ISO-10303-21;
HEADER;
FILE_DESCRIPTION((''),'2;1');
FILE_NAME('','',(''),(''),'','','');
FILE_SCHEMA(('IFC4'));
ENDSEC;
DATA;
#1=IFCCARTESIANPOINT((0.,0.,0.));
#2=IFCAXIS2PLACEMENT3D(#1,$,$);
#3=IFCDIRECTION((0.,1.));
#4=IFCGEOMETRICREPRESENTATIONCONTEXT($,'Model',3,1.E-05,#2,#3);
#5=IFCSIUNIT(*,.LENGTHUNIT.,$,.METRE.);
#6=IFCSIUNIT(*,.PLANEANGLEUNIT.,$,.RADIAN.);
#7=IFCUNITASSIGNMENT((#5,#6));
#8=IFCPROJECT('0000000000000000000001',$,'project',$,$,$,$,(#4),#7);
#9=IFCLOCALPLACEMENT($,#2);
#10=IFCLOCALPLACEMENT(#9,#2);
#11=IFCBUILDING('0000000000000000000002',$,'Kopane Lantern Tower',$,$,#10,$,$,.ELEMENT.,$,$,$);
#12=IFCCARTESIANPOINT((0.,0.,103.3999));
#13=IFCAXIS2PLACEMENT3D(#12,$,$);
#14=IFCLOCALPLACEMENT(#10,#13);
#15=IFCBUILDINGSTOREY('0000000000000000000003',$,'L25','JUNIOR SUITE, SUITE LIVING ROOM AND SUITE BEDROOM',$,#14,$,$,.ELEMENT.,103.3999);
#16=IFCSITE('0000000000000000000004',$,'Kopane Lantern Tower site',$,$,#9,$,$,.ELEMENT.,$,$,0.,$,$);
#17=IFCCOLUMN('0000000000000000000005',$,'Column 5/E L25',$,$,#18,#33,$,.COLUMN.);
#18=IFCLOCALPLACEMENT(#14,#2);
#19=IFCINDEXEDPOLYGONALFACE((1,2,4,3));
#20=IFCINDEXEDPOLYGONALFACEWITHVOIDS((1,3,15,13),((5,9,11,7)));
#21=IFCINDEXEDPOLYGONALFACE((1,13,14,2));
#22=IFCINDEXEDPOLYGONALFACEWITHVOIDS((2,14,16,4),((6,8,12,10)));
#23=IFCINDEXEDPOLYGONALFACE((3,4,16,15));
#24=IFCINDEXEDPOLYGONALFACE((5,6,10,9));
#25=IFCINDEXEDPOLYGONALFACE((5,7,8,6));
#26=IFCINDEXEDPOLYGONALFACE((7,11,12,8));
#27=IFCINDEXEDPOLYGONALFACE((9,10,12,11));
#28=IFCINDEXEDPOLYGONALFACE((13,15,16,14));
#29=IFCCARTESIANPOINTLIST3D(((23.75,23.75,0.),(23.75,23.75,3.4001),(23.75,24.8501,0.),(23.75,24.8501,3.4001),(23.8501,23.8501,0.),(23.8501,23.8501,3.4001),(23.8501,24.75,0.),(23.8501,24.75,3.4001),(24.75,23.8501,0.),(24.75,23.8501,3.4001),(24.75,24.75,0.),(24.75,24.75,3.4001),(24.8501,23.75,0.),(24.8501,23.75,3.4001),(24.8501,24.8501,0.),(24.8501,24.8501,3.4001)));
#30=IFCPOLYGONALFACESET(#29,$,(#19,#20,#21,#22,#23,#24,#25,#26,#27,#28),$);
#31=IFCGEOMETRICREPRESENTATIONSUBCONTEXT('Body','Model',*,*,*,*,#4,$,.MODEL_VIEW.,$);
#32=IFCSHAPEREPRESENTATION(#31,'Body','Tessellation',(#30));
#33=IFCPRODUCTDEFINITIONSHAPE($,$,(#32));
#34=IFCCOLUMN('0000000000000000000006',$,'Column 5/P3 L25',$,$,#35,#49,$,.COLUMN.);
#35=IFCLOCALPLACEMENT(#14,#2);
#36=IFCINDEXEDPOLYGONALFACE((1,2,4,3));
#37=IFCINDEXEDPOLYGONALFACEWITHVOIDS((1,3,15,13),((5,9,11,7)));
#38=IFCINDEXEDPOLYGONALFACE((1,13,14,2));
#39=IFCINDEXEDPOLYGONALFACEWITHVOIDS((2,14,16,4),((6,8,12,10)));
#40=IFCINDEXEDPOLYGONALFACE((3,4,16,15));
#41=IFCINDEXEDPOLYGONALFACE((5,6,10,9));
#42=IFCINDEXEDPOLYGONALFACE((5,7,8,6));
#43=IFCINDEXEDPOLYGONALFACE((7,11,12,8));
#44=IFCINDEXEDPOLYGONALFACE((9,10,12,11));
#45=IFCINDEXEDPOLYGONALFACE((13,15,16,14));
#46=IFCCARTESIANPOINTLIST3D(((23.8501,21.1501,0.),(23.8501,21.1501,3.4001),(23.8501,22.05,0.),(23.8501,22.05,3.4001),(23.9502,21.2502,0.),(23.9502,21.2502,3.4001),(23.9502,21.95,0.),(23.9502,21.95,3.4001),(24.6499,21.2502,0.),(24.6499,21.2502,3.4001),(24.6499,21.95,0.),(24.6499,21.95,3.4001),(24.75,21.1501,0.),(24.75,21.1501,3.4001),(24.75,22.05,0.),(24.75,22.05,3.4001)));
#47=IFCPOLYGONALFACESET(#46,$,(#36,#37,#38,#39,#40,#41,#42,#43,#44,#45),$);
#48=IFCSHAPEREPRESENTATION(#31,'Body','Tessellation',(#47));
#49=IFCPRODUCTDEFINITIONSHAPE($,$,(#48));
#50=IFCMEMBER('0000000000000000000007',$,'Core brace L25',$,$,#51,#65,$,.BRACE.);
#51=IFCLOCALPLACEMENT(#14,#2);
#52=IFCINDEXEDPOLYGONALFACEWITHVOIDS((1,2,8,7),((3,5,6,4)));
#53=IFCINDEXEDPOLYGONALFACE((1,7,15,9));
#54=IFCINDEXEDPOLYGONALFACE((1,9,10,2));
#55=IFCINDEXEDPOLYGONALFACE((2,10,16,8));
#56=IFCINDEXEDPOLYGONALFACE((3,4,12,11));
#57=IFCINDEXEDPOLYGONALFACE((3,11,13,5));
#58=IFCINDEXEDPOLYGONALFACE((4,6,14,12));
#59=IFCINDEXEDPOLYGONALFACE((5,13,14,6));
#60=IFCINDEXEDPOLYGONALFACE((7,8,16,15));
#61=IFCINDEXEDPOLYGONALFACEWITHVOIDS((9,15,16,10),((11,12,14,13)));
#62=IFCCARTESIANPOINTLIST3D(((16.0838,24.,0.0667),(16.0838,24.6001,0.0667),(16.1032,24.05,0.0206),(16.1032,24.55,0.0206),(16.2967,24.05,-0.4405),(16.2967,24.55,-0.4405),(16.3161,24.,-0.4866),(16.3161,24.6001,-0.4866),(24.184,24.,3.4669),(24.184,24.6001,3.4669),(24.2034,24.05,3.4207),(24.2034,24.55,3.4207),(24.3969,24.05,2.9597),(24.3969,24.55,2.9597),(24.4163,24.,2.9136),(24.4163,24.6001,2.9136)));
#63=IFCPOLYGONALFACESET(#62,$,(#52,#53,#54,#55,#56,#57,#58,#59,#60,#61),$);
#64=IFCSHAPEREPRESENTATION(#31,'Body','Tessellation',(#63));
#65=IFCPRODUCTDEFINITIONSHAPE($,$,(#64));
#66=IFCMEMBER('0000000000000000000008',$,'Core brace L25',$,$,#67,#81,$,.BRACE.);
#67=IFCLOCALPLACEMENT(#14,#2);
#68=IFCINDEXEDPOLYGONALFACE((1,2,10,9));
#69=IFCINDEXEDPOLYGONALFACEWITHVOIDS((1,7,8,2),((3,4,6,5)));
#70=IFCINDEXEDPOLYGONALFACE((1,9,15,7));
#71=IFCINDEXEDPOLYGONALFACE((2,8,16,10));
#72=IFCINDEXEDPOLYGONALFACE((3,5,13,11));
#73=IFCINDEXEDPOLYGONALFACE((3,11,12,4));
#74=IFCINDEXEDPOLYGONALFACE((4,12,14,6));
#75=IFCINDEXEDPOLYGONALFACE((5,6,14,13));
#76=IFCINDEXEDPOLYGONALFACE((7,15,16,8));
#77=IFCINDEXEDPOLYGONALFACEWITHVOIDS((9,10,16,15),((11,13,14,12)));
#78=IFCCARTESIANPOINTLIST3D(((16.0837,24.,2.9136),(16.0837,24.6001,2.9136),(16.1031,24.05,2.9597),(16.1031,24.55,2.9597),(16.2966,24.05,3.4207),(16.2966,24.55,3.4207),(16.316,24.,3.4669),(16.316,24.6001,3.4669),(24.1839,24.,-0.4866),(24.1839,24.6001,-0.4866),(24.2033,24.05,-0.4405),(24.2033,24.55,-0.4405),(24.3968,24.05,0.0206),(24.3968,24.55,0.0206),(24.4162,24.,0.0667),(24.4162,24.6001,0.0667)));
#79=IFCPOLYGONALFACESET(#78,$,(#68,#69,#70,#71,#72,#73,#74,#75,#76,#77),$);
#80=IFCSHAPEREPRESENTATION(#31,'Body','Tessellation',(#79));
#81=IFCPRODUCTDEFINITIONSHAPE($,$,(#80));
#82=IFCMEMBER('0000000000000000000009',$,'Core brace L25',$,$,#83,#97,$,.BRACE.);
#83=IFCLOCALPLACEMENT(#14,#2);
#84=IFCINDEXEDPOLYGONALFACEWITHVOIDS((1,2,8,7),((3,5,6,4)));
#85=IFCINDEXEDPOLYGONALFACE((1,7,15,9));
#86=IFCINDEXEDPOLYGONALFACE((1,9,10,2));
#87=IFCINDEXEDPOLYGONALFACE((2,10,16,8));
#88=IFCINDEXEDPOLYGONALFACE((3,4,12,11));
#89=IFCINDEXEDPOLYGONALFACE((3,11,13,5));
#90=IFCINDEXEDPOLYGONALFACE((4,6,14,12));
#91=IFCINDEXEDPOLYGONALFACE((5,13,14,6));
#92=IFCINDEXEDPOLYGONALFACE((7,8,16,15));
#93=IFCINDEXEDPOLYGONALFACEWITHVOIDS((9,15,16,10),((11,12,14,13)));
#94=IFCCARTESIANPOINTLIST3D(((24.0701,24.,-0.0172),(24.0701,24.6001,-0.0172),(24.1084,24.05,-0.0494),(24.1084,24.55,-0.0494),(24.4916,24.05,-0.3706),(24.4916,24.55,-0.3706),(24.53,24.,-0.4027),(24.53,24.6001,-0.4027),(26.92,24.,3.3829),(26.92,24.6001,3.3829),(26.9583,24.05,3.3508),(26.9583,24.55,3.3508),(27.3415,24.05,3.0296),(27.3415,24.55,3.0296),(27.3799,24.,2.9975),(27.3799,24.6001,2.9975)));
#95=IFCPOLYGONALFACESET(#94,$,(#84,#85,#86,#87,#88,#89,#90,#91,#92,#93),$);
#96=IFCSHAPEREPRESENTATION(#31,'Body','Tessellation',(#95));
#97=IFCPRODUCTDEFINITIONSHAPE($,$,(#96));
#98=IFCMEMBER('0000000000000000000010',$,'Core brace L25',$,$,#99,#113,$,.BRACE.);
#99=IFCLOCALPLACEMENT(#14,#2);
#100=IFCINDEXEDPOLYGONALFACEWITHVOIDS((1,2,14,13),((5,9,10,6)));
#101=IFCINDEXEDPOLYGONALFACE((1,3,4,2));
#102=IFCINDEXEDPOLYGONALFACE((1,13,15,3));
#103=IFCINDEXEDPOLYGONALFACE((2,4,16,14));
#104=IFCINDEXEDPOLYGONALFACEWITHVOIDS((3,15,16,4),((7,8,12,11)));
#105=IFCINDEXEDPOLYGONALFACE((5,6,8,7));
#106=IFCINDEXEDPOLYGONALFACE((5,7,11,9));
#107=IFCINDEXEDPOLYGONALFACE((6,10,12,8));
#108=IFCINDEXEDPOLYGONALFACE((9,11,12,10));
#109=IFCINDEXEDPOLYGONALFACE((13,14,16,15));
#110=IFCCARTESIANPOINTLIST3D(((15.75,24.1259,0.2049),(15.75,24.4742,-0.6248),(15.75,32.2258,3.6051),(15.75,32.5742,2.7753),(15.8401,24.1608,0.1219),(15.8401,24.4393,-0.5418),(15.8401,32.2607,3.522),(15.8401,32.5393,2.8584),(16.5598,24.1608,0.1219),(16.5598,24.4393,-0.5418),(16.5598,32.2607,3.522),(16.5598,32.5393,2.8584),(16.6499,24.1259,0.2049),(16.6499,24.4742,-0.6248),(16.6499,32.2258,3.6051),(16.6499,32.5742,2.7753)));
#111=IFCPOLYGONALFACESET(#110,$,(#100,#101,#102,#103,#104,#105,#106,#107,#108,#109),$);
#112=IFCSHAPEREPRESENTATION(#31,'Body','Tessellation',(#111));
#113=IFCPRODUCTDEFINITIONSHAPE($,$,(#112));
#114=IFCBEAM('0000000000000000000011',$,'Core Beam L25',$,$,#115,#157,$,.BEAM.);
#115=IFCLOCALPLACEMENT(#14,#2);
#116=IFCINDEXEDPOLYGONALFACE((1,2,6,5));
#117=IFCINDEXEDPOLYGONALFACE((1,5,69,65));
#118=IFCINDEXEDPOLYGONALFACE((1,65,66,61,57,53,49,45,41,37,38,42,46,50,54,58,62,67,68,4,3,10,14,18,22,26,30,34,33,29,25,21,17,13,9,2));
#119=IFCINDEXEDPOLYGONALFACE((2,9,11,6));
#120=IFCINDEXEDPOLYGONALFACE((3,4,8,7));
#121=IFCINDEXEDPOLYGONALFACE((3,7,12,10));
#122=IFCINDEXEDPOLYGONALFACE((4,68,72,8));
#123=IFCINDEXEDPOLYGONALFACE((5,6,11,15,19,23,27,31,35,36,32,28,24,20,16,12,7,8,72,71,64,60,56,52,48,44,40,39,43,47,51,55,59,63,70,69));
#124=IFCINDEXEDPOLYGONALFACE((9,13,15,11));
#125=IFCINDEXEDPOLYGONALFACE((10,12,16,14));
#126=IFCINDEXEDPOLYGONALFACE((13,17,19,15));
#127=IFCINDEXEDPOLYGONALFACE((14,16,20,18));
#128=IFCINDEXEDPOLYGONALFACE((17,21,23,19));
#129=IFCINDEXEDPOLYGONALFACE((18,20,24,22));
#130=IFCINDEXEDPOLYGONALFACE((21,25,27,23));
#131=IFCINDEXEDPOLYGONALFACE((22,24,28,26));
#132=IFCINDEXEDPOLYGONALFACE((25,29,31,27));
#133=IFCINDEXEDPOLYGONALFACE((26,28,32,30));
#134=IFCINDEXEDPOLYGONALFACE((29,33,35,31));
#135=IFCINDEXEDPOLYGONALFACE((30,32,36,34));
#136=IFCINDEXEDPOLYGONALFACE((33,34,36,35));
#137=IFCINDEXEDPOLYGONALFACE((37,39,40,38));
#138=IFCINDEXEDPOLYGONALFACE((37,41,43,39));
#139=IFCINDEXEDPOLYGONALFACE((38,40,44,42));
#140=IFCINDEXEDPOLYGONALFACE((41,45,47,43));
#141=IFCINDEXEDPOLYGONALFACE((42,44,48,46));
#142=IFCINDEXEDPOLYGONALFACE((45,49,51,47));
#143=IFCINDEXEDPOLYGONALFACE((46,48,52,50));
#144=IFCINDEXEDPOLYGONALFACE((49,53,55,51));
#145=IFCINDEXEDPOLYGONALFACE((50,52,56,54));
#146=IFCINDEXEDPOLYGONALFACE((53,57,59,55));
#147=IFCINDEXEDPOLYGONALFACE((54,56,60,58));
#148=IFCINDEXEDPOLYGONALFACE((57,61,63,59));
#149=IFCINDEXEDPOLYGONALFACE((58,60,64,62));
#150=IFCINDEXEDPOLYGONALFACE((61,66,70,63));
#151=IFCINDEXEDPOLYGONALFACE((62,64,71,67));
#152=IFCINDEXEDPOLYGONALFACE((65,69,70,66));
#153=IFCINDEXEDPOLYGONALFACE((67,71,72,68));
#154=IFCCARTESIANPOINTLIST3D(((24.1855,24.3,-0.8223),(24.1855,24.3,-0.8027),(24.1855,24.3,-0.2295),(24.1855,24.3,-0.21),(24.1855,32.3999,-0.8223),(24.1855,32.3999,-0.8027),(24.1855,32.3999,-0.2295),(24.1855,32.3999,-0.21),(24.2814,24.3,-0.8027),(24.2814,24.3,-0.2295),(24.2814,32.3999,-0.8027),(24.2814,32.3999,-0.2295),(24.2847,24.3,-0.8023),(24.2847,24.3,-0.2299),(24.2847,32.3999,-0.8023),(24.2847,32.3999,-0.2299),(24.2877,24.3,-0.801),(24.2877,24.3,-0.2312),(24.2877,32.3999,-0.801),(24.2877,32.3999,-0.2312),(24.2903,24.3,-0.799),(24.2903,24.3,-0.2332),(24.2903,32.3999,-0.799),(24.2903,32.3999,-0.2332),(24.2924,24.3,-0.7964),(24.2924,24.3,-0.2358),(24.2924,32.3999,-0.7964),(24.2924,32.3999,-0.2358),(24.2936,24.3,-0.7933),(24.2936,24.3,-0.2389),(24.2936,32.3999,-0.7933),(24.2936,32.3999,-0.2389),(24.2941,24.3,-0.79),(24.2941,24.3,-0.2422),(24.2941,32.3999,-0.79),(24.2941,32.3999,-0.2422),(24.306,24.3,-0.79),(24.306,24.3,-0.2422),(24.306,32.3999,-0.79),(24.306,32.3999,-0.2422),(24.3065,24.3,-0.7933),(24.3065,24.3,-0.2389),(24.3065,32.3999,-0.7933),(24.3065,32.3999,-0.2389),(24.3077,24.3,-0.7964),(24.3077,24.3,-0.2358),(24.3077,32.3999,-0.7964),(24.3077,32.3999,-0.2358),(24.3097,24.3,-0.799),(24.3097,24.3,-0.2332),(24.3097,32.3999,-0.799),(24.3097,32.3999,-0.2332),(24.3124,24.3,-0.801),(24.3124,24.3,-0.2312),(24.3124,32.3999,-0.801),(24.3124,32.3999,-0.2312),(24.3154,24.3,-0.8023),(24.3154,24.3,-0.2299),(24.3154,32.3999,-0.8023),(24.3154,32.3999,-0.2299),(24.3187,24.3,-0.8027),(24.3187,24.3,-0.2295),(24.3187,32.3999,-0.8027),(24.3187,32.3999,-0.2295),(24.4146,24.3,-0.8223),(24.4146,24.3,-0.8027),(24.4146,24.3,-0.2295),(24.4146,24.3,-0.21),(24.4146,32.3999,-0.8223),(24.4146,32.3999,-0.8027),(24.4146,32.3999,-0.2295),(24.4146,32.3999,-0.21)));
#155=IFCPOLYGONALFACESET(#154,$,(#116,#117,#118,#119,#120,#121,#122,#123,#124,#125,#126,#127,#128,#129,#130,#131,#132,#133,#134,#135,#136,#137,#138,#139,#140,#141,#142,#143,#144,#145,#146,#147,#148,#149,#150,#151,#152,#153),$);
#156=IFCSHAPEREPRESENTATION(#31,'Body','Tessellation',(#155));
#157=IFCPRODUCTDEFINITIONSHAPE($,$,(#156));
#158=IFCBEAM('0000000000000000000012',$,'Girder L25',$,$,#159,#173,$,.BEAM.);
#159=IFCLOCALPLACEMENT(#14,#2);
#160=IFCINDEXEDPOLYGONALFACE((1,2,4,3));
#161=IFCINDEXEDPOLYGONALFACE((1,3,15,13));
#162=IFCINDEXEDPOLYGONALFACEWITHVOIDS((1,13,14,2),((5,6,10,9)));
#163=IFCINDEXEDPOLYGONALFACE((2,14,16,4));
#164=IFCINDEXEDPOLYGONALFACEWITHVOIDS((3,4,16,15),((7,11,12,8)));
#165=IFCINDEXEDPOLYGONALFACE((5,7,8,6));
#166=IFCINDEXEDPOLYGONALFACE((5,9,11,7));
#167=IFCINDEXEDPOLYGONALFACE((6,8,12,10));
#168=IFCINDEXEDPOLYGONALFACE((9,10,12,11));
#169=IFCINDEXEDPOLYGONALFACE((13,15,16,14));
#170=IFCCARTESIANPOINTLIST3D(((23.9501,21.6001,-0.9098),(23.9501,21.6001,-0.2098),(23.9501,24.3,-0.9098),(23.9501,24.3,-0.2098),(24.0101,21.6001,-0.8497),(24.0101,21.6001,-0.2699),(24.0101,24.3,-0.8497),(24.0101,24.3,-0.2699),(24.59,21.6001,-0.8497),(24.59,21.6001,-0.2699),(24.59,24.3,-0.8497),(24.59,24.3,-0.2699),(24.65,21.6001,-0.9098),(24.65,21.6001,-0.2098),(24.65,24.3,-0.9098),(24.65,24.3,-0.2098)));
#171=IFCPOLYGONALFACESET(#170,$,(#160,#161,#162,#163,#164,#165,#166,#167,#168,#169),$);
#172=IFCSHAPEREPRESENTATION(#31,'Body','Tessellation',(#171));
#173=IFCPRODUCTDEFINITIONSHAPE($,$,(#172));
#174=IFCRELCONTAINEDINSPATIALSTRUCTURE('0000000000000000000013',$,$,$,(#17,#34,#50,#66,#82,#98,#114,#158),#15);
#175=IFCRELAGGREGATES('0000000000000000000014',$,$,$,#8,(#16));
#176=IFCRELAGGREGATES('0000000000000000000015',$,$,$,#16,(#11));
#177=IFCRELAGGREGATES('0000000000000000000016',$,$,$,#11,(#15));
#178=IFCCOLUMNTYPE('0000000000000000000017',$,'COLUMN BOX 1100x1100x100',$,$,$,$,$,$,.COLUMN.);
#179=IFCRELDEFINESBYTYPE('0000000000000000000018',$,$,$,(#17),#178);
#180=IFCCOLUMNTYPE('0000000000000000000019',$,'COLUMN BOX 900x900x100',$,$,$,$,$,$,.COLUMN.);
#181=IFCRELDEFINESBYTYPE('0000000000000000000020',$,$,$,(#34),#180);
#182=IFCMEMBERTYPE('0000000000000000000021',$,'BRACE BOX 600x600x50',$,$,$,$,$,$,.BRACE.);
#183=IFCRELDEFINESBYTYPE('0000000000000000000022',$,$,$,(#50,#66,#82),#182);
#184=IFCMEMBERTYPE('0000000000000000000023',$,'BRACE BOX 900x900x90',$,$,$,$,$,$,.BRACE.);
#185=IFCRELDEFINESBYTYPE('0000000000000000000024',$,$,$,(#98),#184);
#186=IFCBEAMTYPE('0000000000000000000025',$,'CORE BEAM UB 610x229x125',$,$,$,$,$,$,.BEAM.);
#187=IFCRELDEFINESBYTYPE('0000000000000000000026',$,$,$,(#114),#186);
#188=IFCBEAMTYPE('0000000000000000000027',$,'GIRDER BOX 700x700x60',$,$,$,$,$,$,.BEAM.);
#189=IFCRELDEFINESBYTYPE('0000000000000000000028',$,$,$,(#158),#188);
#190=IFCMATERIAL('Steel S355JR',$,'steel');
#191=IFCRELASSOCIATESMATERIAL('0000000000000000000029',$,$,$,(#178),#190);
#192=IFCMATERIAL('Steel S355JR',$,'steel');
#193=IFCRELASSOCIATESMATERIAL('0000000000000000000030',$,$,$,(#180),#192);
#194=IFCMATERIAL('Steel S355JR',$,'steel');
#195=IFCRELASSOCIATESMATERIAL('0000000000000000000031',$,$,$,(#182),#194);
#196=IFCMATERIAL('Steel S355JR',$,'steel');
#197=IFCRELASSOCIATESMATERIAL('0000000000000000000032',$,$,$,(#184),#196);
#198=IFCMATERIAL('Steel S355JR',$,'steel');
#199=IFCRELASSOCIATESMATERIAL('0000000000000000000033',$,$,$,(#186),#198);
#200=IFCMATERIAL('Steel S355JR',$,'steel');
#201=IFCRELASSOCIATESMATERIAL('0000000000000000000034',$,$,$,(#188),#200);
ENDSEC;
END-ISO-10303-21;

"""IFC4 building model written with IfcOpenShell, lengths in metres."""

from ifc_helpers import new_model, si_unit, direction, frame, origin, origin_2d, place, context, subcontext, project, spatial, hollow_rectangle, i_section, extrude, material, material_profile, profile_set, type_object, element, save


model = new_model("IFC4")

# Units and contexts
model_context = context("Model", 3, precision=1e-05, world=origin(), true_north=direction((0.0, 1.0)))
body_context = subcontext(model_context, "Body", "Model", "MODEL_VIEW")
ifc_project = project(units=[si_unit("LENGTHUNIT", "METRE"), si_unit("PLANEANGLEUNIT", "RADIAN")], contexts=[model_context])

# Site, building, storey
site_placement = place(None, origin())
site = spatial("IfcSite", under=ifc_project, at=site_placement, Name="Kopane Lantern Tower site", CompositionType="ELEMENT", RefElevation=0.0)
building_placement = place(site_placement, origin())
building = spatial("IfcBuilding", under=site, at=building_placement, Name="Kopane Lantern Tower", CompositionType="ELEMENT")
storey_placement = place(building_placement, frame((0.0, 0.0, 103.3999)))
storey = spatial("IfcBuildingStorey", under=building, at=storey_placement, Name="L25", Description="JUNIOR SUITE, SUITE LIVING ROOM AND SUITE BEDROOM", CompositionType="ELEMENT", Elevation=103.3999)

# Columns
ifc_material_1 = material(Name="Steel S355JR", Category="steel")
ifc_material_profile_1 = material_profile(ifc_material_1, hollow_rectangle(XDim=1.1001, YDim=1.1001, WallThickness=0.1001, at=origin_2d()), Name="BOX 1100x1100x100")
ifc_profile_set_1 = profile_set([ifc_material_profile_1], Name="Steel S355JR")
column_type_1 = type_object("IfcColumnType", Name="COLUMN BOX 1100x1100x100", PredefinedType="COLUMN", material=ifc_profile_set_1)
column_1_placement = place(storey_placement, frame((24.3, 24.3, 0.0), z_axis=(0.0, 0.0, 1.0), x_axis=(1.0, 0.0, 0.0)))
element("IfcColumn", 1, at=column_1_placement, inside=storey, type_object=column_type_1, Name="Column 5/E L25", PredefinedType="COLUMN", context=body_context, shape_type="SweptSolid", body=[
    extrude(hollow_rectangle(XDim=1.1001, YDim=1.1001, WallThickness=0.1001, at=origin_2d()), origin(), (0.0, 0.0, 1.0), 3.4001),
])
ifc_material_2 = material(Name="Steel S355JR", Category="steel")
ifc_material_profile_2 = material_profile(ifc_material_2, hollow_rectangle(XDim=0.8999, YDim=0.8999, WallThickness=0.1001, at=origin_2d()), Name="BOX 900x900x100")
ifc_profile_set_2 = profile_set([ifc_material_profile_2], Name="Steel S355JR")
column_type_2 = type_object("IfcColumnType", Name="COLUMN BOX 900x900x100", PredefinedType="COLUMN", material=ifc_profile_set_2)
column_2_placement = place(storey_placement, frame((24.3, 21.6001, 0.0), z_axis=(0.0, 0.0, 1.0), x_axis=(1.0, 0.0, 0.0)))
element("IfcColumn", 2, at=column_2_placement, inside=storey, type_object=column_type_2, Name="Column 5/P3 L25", PredefinedType="COLUMN", context=body_context, shape_type="SweptSolid", body=[
    extrude(hollow_rectangle(XDim=0.8999, YDim=0.8999, WallThickness=0.1001, at=origin_2d()), origin(), (0.0, 0.0, 1.0), 3.4001),
])

# Members
ifc_material_3 = material(Name="Steel S355JR", Category="steel")
ifc_material_profile_3 = material_profile(ifc_material_3, hollow_rectangle(XDim=0.6001, YDim=0.6001, WallThickness=0.05, at=origin_2d()), Name="BOX 600x600x50")
ifc_profile_set_3 = profile_set([ifc_material_profile_3], Name="Steel S355JR")
member_type_1 = type_object("IfcMemberType", Name="BRACE BOX 600x600x50", PredefinedType="BRACE", material=ifc_profile_set_3)
for number, where, z_axis, x_axis, name in (
    (3, (16.2, 24.3, -0.21), (0.922059, 0.0, 0.387049), (0.0, 1.0, 0.0), "Core brace L25"),
    (4, (24.3, 24.3, -0.21), (-0.922059, 0.0, 0.387049), (0.0, -1.0, 0.0), "Core brace L25"),
):
    element("IfcMember", number, at=place(storey_placement, frame(where, z_axis=z_axis, x_axis=x_axis)), inside=storey, type_object=member_type_1, Name=name, PredefinedType="BRACE", context=body_context, shape_type="SweptSolid", body=[
        extrude(hollow_rectangle(XDim=0.6001, YDim=0.6001, WallThickness=0.05, at=origin_2d()), origin(), (0.0, 0.0, 1.0), 8.7849),
    ])
member_1_placement = place(storey_placement, frame((24.3, 24.3, -0.21), z_axis=(0.642363, 0.0, 0.7664), x_axis=(0.0, 1.0, 0.0)))
element("IfcMember", 5, at=member_1_placement, inside=storey, type_object=member_type_1, Name="Core brace L25", PredefinedType="BRACE", context=body_context, shape_type="SweptSolid", body=[
    extrude(hollow_rectangle(XDim=0.6001, YDim=0.6001, WallThickness=0.05, at=origin_2d()), origin(), (0.0, 0.0, 1.0), 4.4365),
])
ifc_material_4 = material(Name="Steel S355JR", Category="steel")
ifc_material_profile_4 = material_profile(ifc_material_4, hollow_rectangle(XDim=0.8999, YDim=0.8999, WallThickness=0.0901, at=origin_2d()), Name="BOX 900x900x90")
ifc_profile_set_4 = profile_set([ifc_material_profile_4], Name="Steel S355JR")
member_type_2 = type_object("IfcMemberType", Name="BRACE BOX 900x900x90", PredefinedType="BRACE", material=ifc_profile_set_4)
member_2_placement = place(storey_placement, frame((16.2, 24.3, -0.21), z_axis=(0.0, 0.922055, 0.387059), x_axis=(-1.0, 0.0, 0.0)))
element("IfcMember", 6, at=member_2_placement, inside=storey, type_object=member_type_2, Name="Core brace L25", PredefinedType="BRACE", context=body_context, shape_type="SweptSolid", body=[
    extrude(hollow_rectangle(XDim=0.8999, YDim=0.8999, WallThickness=0.0901, at=origin_2d()), origin(), (0.0, 0.0, 1.0), 8.7847),
])

# Beams
ifc_material_5 = material(Name="Steel S355JR", Category="steel")
ifc_material_profile_5 = material_profile(ifc_material_5, i_section(OverallWidth=0.229, OverallDepth=0.6123, WebThickness=0.012, FlangeThickness=0.0195, FilletRadius=0.0127, at=origin_2d()), Name="UB 610x229x125")
ifc_profile_set_5 = profile_set([ifc_material_profile_5], Name="Steel S355JR")
beam_type_1 = type_object("IfcBeamType", Name="CORE BEAM UB 610x229x125", PredefinedType="BEAM", material=ifc_profile_set_5)
beam_1_placement = place(storey_placement, frame((24.3, 24.3, -0.5161), z_axis=(0.0, 1.0, 0.0), x_axis=(-1.0, 0.0, 0.0)))
element("IfcBeam", 7, at=beam_1_placement, inside=storey, type_object=beam_type_1, Name="Core Beam L25", PredefinedType="BEAM", context=body_context, shape_type="SweptSolid", body=[
    extrude(i_section(OverallWidth=0.229, OverallDepth=0.6123, WebThickness=0.012, FlangeThickness=0.0195, FilletRadius=0.0127, at=origin_2d()), origin(), (0.0, 0.0, 1.0), 8.0999),
])
ifc_material_6 = material(Name="Steel S355JR", Category="steel")
ifc_material_profile_6 = material_profile(ifc_material_6, hollow_rectangle(XDim=0.7, YDim=0.7, WallThickness=0.0601, at=origin_2d()), Name="BOX 700x700x60")
ifc_profile_set_6 = profile_set([ifc_material_profile_6], Name="Steel S355JR")
beam_type_2 = type_object("IfcBeamType", Name="GIRDER BOX 700x700x60", PredefinedType="BEAM", material=ifc_profile_set_6)
beam_2_placement = place(storey_placement, frame((24.3, 21.6001, -0.5598), z_axis=(0.0, 1.0, 0.0), x_axis=(-1.0, 0.0, 0.0)))
element("IfcBeam", 8, at=beam_2_placement, inside=storey, type_object=beam_type_2, Name="Girder L25", PredefinedType="BEAM", context=body_context, shape_type="SweptSolid", body=[
    extrude(hollow_rectangle(XDim=0.7, YDim=0.7, WallThickness=0.0601, at=origin_2d()), origin(), (0.0, 0.0, 1.0), 2.7),
])

save(model, "model.ifc")
